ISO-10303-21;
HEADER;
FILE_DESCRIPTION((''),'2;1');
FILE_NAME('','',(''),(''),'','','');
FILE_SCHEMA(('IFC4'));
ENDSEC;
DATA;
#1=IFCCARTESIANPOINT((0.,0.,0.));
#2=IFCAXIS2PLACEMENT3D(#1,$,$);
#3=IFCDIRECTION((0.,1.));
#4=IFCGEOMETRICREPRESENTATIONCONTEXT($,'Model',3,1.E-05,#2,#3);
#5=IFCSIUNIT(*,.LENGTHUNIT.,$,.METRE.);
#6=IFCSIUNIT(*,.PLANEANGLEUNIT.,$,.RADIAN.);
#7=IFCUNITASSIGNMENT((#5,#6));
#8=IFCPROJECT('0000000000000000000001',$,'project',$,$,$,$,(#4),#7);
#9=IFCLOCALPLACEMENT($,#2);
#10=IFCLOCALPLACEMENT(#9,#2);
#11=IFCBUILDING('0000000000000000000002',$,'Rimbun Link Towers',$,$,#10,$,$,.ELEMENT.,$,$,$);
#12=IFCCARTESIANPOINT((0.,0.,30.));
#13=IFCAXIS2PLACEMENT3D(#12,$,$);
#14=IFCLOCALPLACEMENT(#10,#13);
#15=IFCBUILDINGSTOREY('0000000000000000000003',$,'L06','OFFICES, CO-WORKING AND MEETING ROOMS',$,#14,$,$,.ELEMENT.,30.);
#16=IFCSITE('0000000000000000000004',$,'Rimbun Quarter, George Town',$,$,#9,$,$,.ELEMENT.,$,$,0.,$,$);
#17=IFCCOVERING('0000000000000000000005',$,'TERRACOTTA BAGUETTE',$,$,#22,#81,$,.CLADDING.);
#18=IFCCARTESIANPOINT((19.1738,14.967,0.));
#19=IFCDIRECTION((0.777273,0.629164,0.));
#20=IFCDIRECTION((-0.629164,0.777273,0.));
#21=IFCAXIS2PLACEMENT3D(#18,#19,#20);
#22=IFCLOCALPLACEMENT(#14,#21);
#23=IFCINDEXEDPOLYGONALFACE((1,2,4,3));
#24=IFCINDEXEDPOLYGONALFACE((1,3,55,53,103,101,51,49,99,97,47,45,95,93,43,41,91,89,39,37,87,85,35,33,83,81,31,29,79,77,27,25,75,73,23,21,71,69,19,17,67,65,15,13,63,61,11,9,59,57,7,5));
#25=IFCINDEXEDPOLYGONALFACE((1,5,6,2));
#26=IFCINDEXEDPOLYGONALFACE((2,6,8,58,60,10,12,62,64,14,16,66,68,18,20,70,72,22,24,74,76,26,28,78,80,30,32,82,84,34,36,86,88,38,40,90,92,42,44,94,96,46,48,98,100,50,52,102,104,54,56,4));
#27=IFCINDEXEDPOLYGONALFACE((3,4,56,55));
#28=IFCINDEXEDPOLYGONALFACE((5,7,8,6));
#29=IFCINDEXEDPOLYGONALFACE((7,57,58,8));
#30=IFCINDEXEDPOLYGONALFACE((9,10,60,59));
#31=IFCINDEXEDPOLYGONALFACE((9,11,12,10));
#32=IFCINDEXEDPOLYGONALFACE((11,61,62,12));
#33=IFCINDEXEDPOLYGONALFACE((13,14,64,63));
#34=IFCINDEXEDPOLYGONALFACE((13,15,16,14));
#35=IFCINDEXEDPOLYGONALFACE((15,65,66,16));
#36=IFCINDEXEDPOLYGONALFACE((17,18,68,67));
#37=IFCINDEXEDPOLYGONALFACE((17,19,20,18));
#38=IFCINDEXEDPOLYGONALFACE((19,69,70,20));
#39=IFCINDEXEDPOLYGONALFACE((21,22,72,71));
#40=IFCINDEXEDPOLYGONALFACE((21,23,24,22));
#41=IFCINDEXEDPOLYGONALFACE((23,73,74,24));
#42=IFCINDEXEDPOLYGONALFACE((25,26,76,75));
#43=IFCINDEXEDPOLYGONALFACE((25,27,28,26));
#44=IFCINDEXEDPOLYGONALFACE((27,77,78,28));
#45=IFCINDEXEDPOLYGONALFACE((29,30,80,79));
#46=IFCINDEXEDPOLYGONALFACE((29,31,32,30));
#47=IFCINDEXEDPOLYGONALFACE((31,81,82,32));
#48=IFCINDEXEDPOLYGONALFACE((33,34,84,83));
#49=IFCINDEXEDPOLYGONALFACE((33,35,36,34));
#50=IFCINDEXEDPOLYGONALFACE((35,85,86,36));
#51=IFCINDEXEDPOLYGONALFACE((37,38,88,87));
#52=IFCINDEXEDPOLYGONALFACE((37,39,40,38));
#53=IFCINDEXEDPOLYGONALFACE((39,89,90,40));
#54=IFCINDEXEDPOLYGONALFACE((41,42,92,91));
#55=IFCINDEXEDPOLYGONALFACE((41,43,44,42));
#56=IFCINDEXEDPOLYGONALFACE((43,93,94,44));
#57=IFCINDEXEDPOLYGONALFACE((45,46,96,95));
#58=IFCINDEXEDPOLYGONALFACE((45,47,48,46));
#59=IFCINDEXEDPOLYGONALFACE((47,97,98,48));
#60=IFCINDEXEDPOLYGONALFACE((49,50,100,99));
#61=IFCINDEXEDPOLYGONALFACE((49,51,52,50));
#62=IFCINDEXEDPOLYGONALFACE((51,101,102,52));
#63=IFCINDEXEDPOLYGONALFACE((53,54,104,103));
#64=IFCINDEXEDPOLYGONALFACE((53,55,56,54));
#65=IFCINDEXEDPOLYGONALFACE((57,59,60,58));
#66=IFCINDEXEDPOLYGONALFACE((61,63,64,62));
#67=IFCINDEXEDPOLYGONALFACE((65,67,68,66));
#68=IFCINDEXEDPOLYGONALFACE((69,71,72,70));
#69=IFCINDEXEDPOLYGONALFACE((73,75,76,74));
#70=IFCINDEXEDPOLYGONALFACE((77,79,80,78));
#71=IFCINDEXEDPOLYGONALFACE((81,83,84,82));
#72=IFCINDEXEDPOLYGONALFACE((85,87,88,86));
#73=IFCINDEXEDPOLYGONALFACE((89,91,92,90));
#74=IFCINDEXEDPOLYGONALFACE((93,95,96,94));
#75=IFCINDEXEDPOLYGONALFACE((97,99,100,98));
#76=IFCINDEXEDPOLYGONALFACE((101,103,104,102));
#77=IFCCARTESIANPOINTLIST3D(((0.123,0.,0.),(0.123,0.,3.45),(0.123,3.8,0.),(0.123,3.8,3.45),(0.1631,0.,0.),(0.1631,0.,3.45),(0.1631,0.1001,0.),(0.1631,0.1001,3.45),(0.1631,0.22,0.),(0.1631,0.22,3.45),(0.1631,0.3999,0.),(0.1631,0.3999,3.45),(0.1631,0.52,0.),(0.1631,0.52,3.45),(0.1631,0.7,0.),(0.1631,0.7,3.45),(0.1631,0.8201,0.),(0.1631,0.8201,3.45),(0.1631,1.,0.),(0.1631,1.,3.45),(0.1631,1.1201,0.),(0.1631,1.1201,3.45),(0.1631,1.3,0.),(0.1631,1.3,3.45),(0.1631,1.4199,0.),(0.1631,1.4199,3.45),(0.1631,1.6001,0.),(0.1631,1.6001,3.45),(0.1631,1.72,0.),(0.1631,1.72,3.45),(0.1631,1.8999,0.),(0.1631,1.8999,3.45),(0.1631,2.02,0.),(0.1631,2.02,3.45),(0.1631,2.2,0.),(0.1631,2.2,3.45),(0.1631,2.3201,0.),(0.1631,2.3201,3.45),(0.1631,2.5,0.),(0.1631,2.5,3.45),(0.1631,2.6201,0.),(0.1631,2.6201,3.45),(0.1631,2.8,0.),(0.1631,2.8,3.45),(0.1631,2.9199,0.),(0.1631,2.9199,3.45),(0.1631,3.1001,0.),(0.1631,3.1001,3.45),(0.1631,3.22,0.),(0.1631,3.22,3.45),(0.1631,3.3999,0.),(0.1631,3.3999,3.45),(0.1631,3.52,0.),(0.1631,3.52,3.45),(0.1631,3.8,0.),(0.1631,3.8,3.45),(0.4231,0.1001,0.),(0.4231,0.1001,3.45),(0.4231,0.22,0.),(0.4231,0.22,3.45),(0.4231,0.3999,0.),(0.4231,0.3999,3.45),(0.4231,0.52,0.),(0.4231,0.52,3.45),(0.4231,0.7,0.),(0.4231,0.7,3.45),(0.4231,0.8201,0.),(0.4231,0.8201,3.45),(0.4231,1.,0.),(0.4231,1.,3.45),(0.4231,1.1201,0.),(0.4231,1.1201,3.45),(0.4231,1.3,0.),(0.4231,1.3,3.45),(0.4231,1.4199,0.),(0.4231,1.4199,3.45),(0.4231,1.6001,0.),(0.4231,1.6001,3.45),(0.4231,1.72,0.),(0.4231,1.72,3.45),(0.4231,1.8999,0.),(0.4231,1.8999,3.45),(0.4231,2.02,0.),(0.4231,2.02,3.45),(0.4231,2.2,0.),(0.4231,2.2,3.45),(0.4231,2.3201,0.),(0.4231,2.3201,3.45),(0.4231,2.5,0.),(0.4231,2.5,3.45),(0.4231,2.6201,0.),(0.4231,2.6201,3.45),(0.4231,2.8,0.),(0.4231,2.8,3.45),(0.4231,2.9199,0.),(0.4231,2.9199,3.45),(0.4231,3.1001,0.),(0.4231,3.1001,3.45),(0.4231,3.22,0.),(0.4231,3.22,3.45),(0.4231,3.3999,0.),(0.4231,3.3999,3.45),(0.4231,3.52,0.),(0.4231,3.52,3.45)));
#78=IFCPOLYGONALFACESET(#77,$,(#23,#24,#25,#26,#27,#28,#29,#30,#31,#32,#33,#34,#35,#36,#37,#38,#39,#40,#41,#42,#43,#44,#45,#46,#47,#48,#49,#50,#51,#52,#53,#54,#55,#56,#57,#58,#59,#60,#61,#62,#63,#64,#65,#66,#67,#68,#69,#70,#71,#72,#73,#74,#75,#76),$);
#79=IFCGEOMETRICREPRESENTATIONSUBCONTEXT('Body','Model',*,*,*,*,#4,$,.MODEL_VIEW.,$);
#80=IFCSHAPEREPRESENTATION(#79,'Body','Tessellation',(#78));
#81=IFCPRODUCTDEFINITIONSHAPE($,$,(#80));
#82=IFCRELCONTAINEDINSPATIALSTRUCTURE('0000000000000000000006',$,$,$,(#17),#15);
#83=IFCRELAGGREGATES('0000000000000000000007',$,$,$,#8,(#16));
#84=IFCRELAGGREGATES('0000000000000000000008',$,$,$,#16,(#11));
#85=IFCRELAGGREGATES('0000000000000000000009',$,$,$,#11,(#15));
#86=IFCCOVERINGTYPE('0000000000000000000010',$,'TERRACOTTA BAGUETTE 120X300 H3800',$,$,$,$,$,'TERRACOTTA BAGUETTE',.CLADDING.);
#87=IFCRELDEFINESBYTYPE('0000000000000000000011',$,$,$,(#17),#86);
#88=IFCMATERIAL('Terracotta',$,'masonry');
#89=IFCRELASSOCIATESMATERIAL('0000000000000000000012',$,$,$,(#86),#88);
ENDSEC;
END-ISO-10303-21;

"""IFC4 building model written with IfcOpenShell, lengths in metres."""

from ifc_helpers import new_model, si_unit, direction, frame, origin, place, context, subcontext, project, spatial, polyline, outline, extrude, material, material_profile, profile_set, type_object, element, save


model = new_model("IFC4")

# Units and contexts
model_context = context("Model", 3, precision=1e-05, world=origin(), true_north=direction((0.0, 1.0)))
body_context = subcontext(model_context, "Body", "Model", "MODEL_VIEW")
ifc_project = project(units=[si_unit("LENGTHUNIT", "METRE"), si_unit("PLANEANGLEUNIT", "RADIAN")], contexts=[model_context])

# Site, building, storey
site_placement = place(None, origin())
site = spatial("IfcSite", under=ifc_project, at=site_placement, Name="Rimbun Quarter, George Town", CompositionType="ELEMENT", RefElevation=0.0)
building_placement = place(site_placement, origin())
building = spatial("IfcBuilding", under=site, at=building_placement, Name="Rimbun Link Towers", CompositionType="ELEMENT")
storey_placement = place(building_placement, frame((0.0, 0.0, 30.0)))
storey = spatial("IfcBuildingStorey", under=building, at=storey_placement, Name="L06", Description="OFFICES, CO-WORKING AND MEETING ROOMS", CompositionType="ELEMENT", Elevation=30.0)

# Covering
ifc_material_1 = material(Name="Terracotta", Category="masonry")
ifc_material_profile_1 = material_profile(ifc_material_1, outline(polyline([(0.123, 0.0), (0.1631, 0.0), (0.1631, 0.1001), (0.4231, 0.1001), (0.4231, 0.22), (0.1631, 0.22), (0.1631, 0.3999), (0.4231, 0.3999), (0.4231, 0.52), (0.1631, 0.52), (0.1631, 0.7), (0.4231, 0.7), (0.4231, 0.8201), (0.1631, 0.8201), (0.1631, 1.0), (0.4231, 1.0), (0.4231, 1.1201), (0.1631, 1.1201), (0.1631, 1.3), (0.4231, 1.3), (0.4231, 1.4199), (0.1631, 1.4199), (0.1631, 1.6001), (0.4231, 1.6001), (0.4231, 1.72), (0.1631, 1.72), (0.1631, 1.8999), (0.4231, 1.8999), (0.4231, 2.02), (0.1631, 2.02), (0.1631, 2.2), (0.4231, 2.2), (0.4231, 2.3201), (0.1631, 2.3201), (0.1631, 2.5), (0.4231, 2.5), (0.4231, 2.6201), (0.1631, 2.6201), (0.1631, 2.8), (0.4231, 2.8), (0.4231, 2.9199), (0.1631, 2.9199), (0.1631, 3.1001), (0.4231, 3.1001), (0.4231, 3.22), (0.1631, 3.22), (0.1631, 3.3999), (0.4231, 3.3999), (0.4231, 3.52), (0.1631, 3.52), (0.1631, 3.8), (0.123, 3.8), (0.123, 0.0)])), Name="BAGUETTE 120X300")
ifc_profile_set_1 = profile_set([ifc_material_profile_1], Name="Terracotta")
covering_type = type_object("IfcCoveringType", Name="TERRACOTTA BAGUETTE 120X300 H3800", ElementType="TERRACOTTA BAGUETTE", PredefinedType="CLADDING", material=ifc_profile_set_1)
covering_placement = place(storey_placement, frame((19.1738, 14.967, 0.0), z_axis=(0.777273, 0.629164, 0.0), x_axis=(-0.629164, 0.777273, 0.0)))
element("IfcCovering", 1, at=covering_placement, inside=storey, type_object=covering_type, Name="TERRACOTTA BAGUETTE", PredefinedType="CLADDING", context=body_context, shape_type="SweptSolid", body=[
    extrude(outline(polyline([(0.123, 0.0), (0.1631, 0.0), (0.1631, 0.1001), (0.4231, 0.1001), (0.4231, 0.22), (0.1631, 0.22), (0.1631, 0.3999), (0.4231, 0.3999), (0.4231, 0.52), (0.1631, 0.52), (0.1631, 0.7), (0.4231, 0.7), (0.4231, 0.8201), (0.1631, 0.8201), (0.1631, 1.0), (0.4231, 1.0), (0.4231, 1.1201), (0.1631, 1.1201), (0.1631, 1.3), (0.4231, 1.3), (0.4231, 1.4199), (0.1631, 1.4199), (0.1631, 1.6001), (0.4231, 1.6001), (0.4231, 1.72), (0.1631, 1.72), (0.1631, 1.8999), (0.4231, 1.8999), (0.4231, 2.02), (0.1631, 2.02), (0.1631, 2.2), (0.4231, 2.2), (0.4231, 2.3201), (0.1631, 2.3201), (0.1631, 2.5), (0.4231, 2.5), (0.4231, 2.6201), (0.1631, 2.6201), (0.1631, 2.8), (0.4231, 2.8), (0.4231, 2.9199), (0.1631, 2.9199), (0.1631, 3.1001), (0.4231, 3.1001), (0.4231, 3.22), (0.1631, 3.22), (0.1631, 3.3999), (0.4231, 3.3999), (0.4231, 3.52), (0.1631, 3.52), (0.1631, 3.8), (0.123, 3.8), (0.123, 0.0)])), origin(), (0.0, 0.0, 1.0), 3.45),
])

save(model, "model.ifc")
